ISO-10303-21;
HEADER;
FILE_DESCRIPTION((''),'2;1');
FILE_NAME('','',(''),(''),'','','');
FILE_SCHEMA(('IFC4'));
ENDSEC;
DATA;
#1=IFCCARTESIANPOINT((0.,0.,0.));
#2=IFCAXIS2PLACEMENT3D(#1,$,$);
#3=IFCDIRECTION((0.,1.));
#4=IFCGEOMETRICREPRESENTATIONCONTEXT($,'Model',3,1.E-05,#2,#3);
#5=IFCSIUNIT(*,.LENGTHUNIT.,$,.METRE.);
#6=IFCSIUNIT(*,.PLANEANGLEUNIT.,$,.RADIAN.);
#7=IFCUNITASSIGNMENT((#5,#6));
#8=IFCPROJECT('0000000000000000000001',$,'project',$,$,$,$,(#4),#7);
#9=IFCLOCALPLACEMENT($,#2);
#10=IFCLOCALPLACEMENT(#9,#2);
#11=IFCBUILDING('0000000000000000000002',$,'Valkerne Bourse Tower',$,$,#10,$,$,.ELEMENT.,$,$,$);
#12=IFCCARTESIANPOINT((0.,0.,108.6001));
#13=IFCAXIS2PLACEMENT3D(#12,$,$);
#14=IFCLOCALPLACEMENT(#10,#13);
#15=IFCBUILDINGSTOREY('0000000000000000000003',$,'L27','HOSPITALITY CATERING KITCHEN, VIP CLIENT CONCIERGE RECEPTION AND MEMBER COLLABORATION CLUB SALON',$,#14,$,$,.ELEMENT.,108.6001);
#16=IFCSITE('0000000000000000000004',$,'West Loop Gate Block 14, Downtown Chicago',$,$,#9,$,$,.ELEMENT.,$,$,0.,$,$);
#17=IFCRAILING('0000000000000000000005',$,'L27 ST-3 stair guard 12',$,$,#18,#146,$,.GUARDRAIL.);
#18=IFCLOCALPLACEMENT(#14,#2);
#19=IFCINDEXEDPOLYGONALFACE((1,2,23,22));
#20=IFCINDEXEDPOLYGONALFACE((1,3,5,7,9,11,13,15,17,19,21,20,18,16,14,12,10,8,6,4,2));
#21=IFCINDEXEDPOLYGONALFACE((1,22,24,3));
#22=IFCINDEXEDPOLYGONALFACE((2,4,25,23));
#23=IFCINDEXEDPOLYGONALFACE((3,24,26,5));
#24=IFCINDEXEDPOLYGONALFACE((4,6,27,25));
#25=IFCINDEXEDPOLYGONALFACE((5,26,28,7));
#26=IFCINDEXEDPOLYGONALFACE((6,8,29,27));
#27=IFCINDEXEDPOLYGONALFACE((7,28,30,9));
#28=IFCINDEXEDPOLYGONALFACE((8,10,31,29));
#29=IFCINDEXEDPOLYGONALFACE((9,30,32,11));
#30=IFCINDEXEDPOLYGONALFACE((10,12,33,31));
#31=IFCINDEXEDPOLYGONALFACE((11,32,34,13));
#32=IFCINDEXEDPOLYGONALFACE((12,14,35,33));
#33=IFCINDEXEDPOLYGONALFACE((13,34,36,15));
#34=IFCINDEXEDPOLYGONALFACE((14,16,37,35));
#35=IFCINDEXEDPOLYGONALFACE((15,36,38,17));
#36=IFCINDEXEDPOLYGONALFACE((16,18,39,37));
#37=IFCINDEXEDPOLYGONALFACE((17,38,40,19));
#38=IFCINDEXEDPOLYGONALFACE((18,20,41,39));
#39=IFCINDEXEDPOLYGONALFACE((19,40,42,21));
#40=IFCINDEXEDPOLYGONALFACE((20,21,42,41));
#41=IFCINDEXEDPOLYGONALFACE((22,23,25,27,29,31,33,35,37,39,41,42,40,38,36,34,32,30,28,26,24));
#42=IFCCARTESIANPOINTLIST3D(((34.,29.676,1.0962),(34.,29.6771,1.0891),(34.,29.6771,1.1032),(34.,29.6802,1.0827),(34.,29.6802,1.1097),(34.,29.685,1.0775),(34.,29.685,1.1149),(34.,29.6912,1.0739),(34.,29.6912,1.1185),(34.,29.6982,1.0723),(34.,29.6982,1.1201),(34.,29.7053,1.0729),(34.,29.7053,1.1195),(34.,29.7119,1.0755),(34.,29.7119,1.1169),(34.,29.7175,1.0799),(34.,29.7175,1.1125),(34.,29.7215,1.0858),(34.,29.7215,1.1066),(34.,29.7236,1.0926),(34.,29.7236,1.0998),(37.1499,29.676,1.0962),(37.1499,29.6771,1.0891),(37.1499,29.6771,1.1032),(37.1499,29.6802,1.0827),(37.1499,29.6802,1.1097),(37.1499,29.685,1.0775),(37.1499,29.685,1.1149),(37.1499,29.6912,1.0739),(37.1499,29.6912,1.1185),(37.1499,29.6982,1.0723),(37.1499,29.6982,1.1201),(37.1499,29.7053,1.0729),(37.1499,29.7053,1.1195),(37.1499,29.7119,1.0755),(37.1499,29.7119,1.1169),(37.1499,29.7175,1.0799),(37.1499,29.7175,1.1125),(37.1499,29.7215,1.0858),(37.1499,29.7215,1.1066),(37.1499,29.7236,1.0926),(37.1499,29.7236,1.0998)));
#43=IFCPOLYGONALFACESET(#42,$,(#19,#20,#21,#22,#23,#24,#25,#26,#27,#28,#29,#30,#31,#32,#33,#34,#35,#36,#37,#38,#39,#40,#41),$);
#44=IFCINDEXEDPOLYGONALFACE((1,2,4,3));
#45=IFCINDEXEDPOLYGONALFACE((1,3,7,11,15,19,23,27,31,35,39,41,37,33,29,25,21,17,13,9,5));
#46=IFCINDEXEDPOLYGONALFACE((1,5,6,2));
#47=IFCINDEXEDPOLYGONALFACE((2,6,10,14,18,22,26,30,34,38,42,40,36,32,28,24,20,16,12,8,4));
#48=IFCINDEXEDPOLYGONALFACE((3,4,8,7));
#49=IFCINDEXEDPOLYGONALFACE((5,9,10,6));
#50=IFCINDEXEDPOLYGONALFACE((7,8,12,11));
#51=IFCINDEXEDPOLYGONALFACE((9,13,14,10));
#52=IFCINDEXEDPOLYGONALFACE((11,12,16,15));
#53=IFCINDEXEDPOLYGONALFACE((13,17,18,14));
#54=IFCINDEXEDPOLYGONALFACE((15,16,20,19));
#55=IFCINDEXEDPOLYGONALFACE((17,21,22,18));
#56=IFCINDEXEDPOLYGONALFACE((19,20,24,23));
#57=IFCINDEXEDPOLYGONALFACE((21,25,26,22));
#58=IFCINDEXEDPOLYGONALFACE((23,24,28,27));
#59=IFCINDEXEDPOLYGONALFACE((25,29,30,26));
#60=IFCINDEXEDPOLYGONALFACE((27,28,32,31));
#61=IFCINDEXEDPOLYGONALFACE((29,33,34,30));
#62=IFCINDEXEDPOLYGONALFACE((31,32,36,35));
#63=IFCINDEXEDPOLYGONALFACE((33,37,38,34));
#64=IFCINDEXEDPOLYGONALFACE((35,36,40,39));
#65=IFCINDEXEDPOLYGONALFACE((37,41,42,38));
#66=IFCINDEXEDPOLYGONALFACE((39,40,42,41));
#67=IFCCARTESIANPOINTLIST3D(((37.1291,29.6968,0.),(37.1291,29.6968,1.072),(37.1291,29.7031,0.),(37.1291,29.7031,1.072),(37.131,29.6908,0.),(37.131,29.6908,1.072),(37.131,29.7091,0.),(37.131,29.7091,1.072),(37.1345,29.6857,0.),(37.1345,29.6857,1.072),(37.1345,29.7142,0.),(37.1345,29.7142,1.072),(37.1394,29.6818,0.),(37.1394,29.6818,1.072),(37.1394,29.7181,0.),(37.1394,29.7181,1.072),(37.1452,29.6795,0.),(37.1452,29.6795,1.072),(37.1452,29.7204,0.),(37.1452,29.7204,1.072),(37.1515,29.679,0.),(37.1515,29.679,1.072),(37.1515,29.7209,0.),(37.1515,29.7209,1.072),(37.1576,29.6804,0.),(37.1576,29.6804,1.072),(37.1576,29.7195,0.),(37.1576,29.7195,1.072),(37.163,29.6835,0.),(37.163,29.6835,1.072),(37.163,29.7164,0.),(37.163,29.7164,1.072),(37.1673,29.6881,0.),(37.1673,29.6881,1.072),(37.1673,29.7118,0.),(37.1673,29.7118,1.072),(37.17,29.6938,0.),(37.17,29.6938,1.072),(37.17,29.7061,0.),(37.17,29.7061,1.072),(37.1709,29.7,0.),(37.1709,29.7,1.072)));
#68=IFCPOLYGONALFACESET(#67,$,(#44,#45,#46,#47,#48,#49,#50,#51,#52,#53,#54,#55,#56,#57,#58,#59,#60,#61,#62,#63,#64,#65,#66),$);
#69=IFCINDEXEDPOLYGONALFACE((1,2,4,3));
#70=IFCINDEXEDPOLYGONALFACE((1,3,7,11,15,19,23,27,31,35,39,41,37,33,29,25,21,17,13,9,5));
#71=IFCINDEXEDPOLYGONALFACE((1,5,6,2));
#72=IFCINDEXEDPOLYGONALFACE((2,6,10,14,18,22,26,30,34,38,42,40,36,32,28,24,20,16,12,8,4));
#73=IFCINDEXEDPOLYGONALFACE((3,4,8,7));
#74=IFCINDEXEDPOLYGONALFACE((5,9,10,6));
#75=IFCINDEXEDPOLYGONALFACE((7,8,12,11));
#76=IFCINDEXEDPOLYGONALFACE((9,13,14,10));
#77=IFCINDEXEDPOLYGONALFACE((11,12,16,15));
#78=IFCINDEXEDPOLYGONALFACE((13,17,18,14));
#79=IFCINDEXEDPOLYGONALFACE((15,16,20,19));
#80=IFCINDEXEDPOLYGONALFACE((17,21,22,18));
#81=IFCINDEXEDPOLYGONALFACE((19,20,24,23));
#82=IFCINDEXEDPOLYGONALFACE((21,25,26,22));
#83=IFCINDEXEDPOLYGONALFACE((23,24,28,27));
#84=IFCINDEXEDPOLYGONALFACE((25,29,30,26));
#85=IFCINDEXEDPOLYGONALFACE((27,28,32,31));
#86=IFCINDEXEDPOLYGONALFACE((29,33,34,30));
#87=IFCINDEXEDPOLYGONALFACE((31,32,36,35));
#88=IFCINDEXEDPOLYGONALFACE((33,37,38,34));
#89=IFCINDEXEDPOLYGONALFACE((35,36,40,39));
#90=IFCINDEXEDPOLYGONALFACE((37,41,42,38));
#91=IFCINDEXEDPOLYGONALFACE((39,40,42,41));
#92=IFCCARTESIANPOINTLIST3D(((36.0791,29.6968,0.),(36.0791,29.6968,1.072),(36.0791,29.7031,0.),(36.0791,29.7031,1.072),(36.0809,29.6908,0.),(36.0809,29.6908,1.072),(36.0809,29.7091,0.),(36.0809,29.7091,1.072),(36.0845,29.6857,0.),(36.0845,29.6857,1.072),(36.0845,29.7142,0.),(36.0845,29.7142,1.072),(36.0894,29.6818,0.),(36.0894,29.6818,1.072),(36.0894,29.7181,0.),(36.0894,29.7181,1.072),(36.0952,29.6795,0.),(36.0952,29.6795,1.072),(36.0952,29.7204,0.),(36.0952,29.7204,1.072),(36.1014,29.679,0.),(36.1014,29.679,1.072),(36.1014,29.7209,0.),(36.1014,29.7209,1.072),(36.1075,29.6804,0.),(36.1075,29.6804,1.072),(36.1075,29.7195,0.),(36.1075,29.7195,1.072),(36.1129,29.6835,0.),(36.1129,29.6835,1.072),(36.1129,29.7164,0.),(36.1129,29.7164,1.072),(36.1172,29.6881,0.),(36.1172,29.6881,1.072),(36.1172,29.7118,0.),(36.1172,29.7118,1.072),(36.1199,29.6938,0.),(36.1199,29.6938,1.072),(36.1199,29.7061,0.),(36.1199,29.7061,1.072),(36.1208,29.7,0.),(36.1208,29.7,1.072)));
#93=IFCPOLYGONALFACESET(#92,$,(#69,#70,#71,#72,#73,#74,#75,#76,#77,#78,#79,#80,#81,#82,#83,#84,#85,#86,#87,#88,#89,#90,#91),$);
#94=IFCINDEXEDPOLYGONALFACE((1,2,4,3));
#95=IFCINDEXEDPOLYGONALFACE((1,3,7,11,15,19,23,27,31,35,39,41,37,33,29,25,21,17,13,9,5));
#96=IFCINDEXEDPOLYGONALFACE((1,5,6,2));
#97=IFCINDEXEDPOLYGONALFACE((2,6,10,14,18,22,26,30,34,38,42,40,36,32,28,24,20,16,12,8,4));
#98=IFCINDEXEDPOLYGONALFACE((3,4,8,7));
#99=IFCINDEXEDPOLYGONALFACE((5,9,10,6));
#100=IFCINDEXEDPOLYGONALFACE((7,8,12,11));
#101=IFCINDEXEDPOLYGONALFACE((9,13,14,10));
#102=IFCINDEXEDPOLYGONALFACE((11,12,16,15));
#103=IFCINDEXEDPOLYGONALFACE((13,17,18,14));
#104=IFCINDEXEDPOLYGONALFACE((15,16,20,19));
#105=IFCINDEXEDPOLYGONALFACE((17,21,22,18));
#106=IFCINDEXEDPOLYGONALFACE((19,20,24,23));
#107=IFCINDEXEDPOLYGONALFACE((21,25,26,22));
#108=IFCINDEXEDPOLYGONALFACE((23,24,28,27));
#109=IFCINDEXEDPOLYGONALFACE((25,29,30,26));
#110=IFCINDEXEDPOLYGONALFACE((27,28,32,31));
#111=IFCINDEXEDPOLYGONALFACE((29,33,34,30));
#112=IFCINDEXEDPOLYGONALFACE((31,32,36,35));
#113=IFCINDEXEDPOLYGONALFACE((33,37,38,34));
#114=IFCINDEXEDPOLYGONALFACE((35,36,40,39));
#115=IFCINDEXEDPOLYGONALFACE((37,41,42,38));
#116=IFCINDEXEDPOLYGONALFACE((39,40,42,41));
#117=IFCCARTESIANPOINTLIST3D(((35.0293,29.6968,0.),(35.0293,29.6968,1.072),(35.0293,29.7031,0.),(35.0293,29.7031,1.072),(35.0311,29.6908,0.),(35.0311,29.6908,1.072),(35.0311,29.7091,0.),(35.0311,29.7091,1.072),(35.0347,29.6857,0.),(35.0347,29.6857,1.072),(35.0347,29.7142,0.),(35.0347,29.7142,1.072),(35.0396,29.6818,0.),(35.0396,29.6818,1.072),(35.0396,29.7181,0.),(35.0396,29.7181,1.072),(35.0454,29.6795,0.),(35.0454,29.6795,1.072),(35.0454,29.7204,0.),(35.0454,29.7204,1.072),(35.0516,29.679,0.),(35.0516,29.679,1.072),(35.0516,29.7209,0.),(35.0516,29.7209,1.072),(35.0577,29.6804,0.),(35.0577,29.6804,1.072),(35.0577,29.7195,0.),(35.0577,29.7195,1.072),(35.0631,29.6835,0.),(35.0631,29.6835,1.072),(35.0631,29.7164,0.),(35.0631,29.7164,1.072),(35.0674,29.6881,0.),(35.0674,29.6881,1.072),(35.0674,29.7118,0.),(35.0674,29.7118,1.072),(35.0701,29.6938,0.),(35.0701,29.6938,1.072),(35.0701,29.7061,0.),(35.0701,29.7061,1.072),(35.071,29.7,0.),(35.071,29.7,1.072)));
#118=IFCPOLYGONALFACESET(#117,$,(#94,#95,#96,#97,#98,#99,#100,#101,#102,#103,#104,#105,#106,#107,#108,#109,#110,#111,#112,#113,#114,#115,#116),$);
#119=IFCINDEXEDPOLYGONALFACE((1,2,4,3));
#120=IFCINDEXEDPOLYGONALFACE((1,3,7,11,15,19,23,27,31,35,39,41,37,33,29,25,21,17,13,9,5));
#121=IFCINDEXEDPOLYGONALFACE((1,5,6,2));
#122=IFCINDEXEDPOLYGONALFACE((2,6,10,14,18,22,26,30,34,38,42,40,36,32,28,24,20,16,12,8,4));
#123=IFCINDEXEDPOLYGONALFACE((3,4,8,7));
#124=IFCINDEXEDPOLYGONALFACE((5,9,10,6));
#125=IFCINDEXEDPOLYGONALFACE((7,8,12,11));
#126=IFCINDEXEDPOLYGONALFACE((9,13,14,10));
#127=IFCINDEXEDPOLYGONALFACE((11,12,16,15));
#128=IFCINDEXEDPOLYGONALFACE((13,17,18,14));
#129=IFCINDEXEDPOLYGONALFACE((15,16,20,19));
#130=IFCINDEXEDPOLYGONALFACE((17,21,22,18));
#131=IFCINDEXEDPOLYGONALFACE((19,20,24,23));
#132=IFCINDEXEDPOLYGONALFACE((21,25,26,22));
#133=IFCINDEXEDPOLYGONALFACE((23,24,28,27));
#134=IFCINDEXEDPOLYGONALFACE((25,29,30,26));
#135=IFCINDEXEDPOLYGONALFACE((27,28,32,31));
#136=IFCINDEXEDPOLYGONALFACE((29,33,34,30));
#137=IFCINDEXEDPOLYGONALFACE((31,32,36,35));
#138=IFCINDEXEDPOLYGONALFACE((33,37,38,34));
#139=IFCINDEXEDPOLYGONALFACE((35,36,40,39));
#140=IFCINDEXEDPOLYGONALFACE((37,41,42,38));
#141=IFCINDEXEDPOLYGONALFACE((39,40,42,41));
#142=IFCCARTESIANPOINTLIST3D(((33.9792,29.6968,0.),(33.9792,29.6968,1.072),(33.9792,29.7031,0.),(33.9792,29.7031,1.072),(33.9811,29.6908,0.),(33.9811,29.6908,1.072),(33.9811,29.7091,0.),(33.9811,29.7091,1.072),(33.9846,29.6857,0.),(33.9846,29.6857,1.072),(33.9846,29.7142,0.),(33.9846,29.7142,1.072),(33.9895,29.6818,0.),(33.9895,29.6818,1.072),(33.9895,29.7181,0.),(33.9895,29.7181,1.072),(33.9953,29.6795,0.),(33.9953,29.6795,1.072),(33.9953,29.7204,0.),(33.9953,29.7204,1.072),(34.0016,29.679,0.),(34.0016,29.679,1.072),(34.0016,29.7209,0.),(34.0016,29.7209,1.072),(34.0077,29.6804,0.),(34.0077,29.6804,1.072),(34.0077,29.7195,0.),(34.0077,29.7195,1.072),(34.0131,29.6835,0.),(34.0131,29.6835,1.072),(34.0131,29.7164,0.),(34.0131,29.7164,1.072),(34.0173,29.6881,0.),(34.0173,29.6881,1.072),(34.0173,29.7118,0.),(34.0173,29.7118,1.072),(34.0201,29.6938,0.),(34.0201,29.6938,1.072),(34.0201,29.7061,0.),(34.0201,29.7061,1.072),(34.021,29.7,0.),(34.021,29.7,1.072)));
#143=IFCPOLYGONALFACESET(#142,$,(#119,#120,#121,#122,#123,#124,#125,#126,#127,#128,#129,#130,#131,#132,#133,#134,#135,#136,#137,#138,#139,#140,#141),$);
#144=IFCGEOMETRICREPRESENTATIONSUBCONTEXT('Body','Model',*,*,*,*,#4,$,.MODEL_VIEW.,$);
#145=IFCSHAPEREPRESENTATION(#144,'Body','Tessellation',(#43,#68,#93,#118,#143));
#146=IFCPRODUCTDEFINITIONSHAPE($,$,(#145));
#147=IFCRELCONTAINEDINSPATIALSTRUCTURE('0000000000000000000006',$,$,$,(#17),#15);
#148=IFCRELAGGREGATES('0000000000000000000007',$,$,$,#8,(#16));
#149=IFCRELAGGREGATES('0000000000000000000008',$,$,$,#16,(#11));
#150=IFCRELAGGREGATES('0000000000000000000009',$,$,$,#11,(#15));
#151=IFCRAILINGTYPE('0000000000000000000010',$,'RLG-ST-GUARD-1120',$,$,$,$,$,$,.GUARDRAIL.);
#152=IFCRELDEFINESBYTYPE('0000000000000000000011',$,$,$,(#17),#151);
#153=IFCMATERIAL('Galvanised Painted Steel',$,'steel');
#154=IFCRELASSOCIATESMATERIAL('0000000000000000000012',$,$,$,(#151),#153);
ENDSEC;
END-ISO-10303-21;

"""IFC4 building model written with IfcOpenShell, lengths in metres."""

from ifc_helpers import new_model, si_unit, direction, frame, origin, origin_2d, place, context, subcontext, project, spatial, circle, extrude, material, type_object, element, save


model = new_model("IFC4")

# Units and contexts
model_context = context("Model", 3, precision=1e-05, world=origin(), true_north=direction((0.0, 1.0)))
body_context = subcontext(model_context, "Body", "Model", "MODEL_VIEW")
ifc_project = project(units=[si_unit("LENGTHUNIT", "METRE"), si_unit("PLANEANGLEUNIT", "RADIAN")], contexts=[model_context])

# Site, building, storey
site_placement = place(None, origin())
site = spatial("IfcSite", under=ifc_project, at=site_placement, Name="West Loop Gate Block 14, Downtown Chicago", CompositionType="ELEMENT", RefElevation=0.0)
building_placement = place(site_placement, origin())
building = spatial("IfcBuilding", under=site, at=building_placement, Name="Valkerne Bourse Tower", CompositionType="ELEMENT")
storey_placement = place(building_placement, frame((0.0, 0.0, 108.6001)))
storey = spatial("IfcBuildingStorey", under=building, at=storey_placement, Name="L27", Description="HOSPITALITY CATERING KITCHEN, VIP CLIENT CONCIERGE RECEPTION AND MEMBER COLLABORATION CLUB SALON", CompositionType="ELEMENT", Elevation=108.6001)

# Railing
ifc_material_1 = material(Name="Galvanised Painted Steel", Category="steel")
railing_type_1 = type_object("IfcRailingType", Name="RLG-ST-GUARD-1120", PredefinedType="GUARDRAIL", material=ifc_material_1)
railing_1_placement = place(storey_placement, frame((37.1499, 29.7, 0.0)))
element("IfcRailing", 1, at=railing_1_placement, inside=storey, type_object=railing_type_1, Name="L27 ST-3 stair guard 12", PredefinedType="GUARDRAIL", context=body_context, shape_type="SweptSolid", body=[
    extrude(circle(Radius=0.0239, at=origin_2d()), frame((0.0, 0.0, 1.0962), z_axis=(-1.0, 0.0, 0.0), x_axis=(0.0, -1.0, 0.0)), (0.0, 0.0, 1.0), 3.1499),
    extrude(circle(Radius=0.021, at=origin_2d()), origin(), (0.0, 0.0, 1.0), 1.072),
    extrude(circle(Radius=0.021, at=origin_2d()), frame((-1.05, 0.0, 0.0)), (0.0, 0.0, 1.0), 1.072),
    extrude(circle(Radius=0.021, at=origin_2d()), frame((-2.0999, 0.0, 0.0)), (0.0, 0.0, 1.0), 1.072),
    extrude(circle(Radius=0.021, at=origin_2d()), frame((-3.1499, 0.0, 0.0)), (0.0, 0.0, 1.0), 1.072),
])

save(model, "model.ifc")
